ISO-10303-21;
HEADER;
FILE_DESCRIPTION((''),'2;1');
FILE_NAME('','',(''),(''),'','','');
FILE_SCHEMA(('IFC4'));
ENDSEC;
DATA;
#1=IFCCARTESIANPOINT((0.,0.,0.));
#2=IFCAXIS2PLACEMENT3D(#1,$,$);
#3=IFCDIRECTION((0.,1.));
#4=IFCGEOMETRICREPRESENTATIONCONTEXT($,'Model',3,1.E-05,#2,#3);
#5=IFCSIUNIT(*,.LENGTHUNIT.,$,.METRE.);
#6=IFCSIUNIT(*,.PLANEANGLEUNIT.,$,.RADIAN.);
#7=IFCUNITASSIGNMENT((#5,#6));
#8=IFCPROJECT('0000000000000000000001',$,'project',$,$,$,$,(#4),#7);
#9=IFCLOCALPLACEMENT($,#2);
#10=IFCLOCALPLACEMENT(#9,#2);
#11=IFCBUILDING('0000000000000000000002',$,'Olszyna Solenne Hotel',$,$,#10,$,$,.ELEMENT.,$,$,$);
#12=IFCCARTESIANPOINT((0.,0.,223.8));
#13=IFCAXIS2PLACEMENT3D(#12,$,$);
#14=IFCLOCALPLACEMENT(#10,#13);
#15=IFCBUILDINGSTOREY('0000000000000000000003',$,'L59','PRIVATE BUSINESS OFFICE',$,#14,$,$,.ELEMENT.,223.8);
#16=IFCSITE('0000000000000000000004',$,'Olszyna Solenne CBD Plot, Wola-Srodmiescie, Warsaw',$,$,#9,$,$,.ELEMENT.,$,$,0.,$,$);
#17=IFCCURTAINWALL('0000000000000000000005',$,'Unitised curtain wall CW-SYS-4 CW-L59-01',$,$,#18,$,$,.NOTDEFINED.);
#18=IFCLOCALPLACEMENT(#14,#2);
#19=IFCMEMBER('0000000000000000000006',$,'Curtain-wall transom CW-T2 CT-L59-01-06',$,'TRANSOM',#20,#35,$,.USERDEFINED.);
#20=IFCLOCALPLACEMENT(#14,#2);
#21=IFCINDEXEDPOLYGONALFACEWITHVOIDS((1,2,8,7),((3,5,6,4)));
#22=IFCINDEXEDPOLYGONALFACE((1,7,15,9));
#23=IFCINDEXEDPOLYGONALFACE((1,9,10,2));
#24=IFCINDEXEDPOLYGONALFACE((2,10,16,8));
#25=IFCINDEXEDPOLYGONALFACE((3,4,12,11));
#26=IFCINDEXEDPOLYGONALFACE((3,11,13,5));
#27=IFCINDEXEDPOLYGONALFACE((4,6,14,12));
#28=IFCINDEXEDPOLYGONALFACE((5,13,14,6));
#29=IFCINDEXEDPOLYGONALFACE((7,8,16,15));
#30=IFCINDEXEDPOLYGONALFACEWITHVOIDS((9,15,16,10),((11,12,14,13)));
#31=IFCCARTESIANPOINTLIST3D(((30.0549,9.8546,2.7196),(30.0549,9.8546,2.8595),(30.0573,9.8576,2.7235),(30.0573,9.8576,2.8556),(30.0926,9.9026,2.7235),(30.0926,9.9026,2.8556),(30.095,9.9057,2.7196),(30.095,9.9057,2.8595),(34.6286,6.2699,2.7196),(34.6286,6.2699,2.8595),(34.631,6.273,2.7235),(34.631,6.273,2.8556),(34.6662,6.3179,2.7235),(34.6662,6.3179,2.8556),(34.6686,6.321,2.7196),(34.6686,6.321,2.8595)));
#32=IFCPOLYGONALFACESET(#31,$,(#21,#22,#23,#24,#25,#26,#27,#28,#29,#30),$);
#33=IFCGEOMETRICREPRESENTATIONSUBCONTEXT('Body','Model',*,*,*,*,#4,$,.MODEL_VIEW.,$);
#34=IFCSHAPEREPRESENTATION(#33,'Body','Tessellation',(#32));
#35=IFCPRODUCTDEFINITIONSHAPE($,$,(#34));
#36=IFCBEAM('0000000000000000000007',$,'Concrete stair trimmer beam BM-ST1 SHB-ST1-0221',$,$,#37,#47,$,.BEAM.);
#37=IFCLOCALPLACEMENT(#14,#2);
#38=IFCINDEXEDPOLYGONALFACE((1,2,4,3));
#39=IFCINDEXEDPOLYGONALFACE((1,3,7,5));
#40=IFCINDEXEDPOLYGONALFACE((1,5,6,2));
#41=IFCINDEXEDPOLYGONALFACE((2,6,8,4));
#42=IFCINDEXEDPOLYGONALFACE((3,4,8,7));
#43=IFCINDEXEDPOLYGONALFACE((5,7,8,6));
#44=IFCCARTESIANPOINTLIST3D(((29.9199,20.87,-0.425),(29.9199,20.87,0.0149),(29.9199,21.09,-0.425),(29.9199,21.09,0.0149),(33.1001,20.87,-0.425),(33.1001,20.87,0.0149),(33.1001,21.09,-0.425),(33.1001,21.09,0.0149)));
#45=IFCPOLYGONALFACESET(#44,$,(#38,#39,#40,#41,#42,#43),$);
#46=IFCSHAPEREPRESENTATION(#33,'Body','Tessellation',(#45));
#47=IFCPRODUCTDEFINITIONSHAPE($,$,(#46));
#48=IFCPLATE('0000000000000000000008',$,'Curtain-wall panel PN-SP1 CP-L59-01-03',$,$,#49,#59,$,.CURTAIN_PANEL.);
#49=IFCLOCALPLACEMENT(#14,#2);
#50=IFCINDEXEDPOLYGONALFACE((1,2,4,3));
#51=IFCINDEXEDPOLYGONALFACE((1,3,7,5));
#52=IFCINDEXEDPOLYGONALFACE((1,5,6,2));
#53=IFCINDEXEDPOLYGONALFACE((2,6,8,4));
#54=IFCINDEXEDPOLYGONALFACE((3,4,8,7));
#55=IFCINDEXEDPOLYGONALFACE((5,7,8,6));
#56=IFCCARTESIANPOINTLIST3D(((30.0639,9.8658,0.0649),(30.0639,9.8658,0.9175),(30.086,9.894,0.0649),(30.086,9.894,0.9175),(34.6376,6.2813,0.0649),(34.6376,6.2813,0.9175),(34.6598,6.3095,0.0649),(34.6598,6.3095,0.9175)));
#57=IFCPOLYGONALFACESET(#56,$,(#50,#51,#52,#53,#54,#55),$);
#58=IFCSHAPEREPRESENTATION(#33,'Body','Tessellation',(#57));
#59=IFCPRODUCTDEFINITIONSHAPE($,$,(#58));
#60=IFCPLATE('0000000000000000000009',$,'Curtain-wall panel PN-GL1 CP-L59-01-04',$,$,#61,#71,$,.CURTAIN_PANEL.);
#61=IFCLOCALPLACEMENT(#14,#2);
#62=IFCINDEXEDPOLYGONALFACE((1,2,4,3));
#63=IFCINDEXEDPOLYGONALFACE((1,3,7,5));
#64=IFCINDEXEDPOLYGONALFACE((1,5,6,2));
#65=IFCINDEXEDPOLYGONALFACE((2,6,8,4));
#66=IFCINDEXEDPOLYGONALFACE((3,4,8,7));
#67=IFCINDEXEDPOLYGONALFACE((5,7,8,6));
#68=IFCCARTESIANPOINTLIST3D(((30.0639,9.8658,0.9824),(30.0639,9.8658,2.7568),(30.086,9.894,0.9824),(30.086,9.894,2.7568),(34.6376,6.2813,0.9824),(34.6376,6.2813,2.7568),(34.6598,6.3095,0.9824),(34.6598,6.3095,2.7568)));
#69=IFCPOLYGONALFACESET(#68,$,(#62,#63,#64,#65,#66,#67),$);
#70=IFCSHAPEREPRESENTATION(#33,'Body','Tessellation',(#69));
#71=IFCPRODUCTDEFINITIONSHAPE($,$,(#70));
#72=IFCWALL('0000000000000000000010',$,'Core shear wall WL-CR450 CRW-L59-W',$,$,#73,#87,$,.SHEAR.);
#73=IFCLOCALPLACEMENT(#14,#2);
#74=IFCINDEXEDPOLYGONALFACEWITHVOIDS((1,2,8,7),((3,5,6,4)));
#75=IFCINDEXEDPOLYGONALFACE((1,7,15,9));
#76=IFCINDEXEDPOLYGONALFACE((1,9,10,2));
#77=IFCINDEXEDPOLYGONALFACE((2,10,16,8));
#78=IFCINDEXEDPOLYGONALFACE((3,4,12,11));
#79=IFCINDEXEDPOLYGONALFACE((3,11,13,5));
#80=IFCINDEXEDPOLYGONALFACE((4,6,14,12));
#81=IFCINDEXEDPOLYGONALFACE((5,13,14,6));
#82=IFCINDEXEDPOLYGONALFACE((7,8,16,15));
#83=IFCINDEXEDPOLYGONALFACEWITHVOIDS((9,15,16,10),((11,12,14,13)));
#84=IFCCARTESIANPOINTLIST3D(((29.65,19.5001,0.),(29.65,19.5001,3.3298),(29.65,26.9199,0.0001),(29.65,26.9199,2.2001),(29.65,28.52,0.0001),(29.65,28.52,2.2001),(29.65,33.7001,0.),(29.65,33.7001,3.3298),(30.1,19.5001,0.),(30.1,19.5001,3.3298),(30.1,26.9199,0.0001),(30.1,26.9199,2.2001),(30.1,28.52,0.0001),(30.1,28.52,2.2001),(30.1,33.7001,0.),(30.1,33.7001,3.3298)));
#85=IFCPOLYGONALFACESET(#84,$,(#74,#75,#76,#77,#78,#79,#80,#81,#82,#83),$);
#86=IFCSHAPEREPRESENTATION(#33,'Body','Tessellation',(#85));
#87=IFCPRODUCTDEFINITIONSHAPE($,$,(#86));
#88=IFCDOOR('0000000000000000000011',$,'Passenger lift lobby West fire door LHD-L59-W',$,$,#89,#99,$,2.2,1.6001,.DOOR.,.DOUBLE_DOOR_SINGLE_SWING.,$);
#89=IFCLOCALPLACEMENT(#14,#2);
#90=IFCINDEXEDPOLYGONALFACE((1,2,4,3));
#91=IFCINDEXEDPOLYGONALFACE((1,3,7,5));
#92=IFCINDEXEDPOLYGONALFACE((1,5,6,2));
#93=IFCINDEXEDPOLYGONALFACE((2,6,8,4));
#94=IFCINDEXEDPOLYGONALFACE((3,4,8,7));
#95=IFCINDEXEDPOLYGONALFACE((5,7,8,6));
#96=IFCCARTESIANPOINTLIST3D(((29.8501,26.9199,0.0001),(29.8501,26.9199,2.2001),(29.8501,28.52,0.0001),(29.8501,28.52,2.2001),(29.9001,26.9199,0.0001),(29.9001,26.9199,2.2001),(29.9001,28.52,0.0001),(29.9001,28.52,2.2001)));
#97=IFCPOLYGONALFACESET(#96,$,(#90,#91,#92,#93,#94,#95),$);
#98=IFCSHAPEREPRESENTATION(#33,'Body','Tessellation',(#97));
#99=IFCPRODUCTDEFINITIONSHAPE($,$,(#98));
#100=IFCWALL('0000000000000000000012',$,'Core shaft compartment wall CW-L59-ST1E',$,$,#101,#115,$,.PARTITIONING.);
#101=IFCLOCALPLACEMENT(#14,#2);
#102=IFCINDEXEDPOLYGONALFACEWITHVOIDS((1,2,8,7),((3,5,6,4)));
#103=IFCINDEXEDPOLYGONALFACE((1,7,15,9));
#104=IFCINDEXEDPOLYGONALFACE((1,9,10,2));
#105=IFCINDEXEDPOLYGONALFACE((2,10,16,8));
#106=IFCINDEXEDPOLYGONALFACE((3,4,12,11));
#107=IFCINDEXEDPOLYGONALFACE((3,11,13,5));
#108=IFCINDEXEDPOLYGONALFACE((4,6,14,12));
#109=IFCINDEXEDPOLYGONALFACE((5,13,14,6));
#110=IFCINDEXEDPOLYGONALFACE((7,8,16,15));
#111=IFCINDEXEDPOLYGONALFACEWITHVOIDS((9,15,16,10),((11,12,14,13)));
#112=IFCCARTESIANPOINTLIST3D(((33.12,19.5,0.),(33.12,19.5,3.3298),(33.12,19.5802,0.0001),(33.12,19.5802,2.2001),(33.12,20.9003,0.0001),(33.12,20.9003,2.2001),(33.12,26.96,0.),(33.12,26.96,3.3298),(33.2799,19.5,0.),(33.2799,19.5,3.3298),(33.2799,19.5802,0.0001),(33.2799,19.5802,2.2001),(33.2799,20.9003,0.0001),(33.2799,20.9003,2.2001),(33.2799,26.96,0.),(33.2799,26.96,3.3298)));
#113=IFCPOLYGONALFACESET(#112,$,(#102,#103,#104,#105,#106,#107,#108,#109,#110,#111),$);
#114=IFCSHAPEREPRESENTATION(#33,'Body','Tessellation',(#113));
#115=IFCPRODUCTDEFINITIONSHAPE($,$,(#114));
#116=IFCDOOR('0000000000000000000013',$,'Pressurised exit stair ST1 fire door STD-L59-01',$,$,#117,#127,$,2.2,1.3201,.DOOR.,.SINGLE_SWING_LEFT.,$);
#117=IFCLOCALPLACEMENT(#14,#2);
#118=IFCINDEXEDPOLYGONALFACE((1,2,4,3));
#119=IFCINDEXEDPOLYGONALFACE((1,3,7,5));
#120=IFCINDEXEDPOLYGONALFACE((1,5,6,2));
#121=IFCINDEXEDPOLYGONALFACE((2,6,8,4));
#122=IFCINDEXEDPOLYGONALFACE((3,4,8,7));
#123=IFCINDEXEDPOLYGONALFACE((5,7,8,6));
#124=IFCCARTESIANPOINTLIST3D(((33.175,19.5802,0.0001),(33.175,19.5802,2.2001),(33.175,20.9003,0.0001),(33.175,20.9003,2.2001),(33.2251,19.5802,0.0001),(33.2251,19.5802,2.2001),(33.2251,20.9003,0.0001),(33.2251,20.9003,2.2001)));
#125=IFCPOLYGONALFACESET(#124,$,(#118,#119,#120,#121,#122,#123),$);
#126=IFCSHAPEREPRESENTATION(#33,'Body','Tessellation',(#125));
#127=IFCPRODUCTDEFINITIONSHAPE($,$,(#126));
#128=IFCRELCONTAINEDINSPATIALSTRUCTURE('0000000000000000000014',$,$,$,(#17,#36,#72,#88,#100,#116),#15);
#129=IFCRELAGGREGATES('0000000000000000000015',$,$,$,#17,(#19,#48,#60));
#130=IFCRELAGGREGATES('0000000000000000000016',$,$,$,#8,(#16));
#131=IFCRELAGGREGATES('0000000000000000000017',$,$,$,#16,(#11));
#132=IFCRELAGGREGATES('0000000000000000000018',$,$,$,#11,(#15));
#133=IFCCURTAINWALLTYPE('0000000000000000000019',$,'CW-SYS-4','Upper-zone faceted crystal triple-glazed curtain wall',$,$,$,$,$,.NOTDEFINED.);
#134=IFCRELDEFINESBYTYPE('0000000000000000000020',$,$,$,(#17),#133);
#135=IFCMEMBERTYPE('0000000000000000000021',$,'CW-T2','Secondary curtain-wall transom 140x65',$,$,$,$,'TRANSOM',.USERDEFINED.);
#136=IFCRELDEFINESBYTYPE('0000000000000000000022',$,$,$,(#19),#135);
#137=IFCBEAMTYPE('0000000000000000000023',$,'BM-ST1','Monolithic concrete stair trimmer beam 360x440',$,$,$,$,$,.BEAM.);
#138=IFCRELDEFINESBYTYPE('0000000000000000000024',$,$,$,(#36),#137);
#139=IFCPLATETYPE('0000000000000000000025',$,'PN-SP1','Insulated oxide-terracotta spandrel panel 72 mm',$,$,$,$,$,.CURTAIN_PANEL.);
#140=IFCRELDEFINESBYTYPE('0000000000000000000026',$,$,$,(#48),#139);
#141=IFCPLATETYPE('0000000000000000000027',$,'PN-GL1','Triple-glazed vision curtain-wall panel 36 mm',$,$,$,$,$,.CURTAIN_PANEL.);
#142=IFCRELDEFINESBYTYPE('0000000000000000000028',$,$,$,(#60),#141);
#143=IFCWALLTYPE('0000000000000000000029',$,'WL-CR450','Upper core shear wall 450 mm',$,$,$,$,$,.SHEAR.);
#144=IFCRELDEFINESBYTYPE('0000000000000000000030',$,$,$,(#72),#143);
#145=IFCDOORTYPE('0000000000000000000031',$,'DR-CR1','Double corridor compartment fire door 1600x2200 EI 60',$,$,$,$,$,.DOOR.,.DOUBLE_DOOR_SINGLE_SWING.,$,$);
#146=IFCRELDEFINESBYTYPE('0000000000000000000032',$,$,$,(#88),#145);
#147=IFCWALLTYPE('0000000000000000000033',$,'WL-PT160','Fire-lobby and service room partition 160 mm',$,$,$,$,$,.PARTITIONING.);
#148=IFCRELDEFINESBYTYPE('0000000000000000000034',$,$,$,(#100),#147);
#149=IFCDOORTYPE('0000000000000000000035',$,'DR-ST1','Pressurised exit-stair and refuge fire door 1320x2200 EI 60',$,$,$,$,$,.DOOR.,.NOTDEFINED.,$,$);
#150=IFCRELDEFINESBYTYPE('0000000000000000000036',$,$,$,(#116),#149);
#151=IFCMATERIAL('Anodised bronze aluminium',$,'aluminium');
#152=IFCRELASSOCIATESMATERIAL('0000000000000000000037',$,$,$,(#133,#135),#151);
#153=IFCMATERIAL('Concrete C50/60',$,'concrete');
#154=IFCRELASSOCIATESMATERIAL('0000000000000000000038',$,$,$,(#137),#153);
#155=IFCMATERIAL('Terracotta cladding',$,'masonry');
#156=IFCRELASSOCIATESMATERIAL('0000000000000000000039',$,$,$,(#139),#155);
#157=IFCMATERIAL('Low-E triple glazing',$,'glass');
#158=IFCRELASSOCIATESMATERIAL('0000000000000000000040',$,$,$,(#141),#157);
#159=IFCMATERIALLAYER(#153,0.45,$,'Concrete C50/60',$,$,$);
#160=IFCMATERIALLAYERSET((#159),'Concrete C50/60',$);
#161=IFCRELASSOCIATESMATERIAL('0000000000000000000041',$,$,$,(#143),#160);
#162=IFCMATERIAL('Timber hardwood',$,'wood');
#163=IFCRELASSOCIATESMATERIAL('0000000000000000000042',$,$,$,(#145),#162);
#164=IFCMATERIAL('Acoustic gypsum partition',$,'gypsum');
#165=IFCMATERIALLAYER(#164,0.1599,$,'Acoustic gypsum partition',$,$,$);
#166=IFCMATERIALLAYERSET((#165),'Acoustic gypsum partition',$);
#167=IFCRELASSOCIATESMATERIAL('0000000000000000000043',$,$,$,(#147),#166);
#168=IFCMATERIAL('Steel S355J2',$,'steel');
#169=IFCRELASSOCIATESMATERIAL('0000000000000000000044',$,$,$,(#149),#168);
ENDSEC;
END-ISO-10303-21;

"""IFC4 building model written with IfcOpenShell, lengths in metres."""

from ifc_helpers import new_model, si_unit, direction, frame, frame_2d, origin, origin_2d, place, context, subcontext, project, spatial, rectangle, hollow_rectangle, extrude, source, transform, mapped, material, layer, layer_set, material_profile, profile_set, type_object, type_shapes, element, fill, aggregate, save


model = new_model("IFC4")

# Units and contexts
model_context = context("Model", 3, precision=1e-05, world=origin(), true_north=direction((0.0, 1.0)))
body_context = subcontext(model_context, "Body", "Model", "MODEL_VIEW")
ifc_project = project(units=[si_unit("LENGTHUNIT", "METRE"), si_unit("PLANEANGLEUNIT", "RADIAN")], contexts=[model_context])

# Site, building, storey
site_placement = place(None, origin())
site = spatial("IfcSite", under=ifc_project, at=site_placement, Name="Olszyna Solenne CBD Plot, Wola-Srodmiescie, Warsaw", CompositionType="ELEMENT", RefElevation=0.0)
building_placement = place(site_placement, origin())
building = spatial("IfcBuilding", under=site, at=building_placement, Name="Olszyna Solenne Hotel", CompositionType="ELEMENT")
storey_placement = place(building_placement, frame((0.0, 0.0, 223.8)))
storey = spatial("IfcBuildingStorey", under=building, at=storey_placement, Name="L59", Description="PRIVATE BUSINESS OFFICE", CompositionType="ELEMENT", Elevation=223.8)

# Shared definitions
ifc_material_1 = material(Name="Steel S355J2", Category="steel")

# Curtain wall, member
ifc_material_2 = material(Name="Anodised bronze aluminium", Category="aluminium")
curtain_wall_type = type_object("IfcCurtainWallType", Name="CW-SYS-4", Description="Upper-zone faceted crystal triple-glazed curtain wall", PredefinedType="NOTDEFINED", material=ifc_material_2)
curtain_wall_placement = place(storey_placement, origin())
curtain_wall = element("IfcCurtainWall", 1, at=curtain_wall_placement, inside=storey, type_object=curtain_wall_type, Name="Unitised curtain wall CW-SYS-4 CW-L59-01", PredefinedType="NOTDEFINED")
ifc_material_profile_1 = material_profile(ifc_material_2, hollow_rectangle(XDim=0.0649, YDim=0.1399, WallThickness=0.0039, at=origin_2d()), Name="TRAN 140x65x4", Category="load-bearing")
ifc_profile_set_1 = profile_set([ifc_material_profile_1], Name="Anodised bronze aluminium")
member_type_1 = type_object("IfcMemberType", Name="CW-T2", Description="Secondary curtain-wall transom 140x65", ElementType="TRANSOM", PredefinedType="USERDEFINED", material=ifc_profile_set_1)
shared_shape_1 = source(origin(), body_context, "Body", "SweptSolid", [
    extrude(hollow_rectangle(XDim=0.0649, YDim=0.1399, WallThickness=0.0039, at=origin_2d()), origin(), (0.0, 0.0, 1.0), 5.811),
])
member_1_placement = place(storey_placement, frame((30.075, 9.8801, 2.7896), z_axis=(0.787064, -0.616871, 0.0), x_axis=(0.616871, 0.787064, 0.0)))
member_1 = element("IfcMember", 2, at=member_1_placement, type_object=member_type_1, Name="Curtain-wall transom CW-T2 CT-L59-01-06", ObjectType="TRANSOM", PredefinedType="USERDEFINED", context=body_context, shape_type="MappedRepresentation", body=[
    mapped(shared_shape_1, transform((0.0, 0.0, 0.0), x_axis=(1.0, 0.0, 0.0), y_axis=(0.0, 1.0, 0.0), z_axis=(0.0, 0.0, 1.0), scale=1.0)),
])

# Beam
ifc_material_3 = material(Name="Concrete C50/60", Category="concrete")
ifc_material_profile_2 = material_profile(ifc_material_3, rectangle(XDim=0.22, YDim=0.4399, at=origin_2d()), Name="RC 220x440", Category="load-bearing")
ifc_profile_set_2 = profile_set([ifc_material_profile_2], Name="Concrete C50/60")
beam_type_1 = type_object("IfcBeamType", Name="BM-ST1", Description="Monolithic concrete stair trimmer beam 360x440", PredefinedType="BEAM", material=ifc_profile_set_2)
shared_shape_2 = source(origin(), body_context, "Body", "SweptSolid", [
    extrude(rectangle(XDim=0.22, YDim=0.4399, at=origin_2d()), origin(), (0.0, 0.0, 1.0), 3.1802),
])
beam_1_placement = place(storey_placement, frame((33.1001, 20.98, -0.2051), z_axis=(-1.0, 0.0, 0.0), x_axis=(0.0, -1.0, 0.0)))
element("IfcBeam", 3, at=beam_1_placement, inside=storey, type_object=beam_type_1, Name="Concrete stair trimmer beam BM-ST1 SHB-ST1-0221", PredefinedType="BEAM", context=body_context, shape_type="MappedRepresentation", body=[
    mapped(shared_shape_2, transform((0.0, 0.0, 0.0), x_axis=(1.0, 0.0, 0.0), y_axis=(0.0, 1.0, 0.0), z_axis=(0.0, 0.0, 1.0), scale=1.0)),
])

# Plates
ifc_material_4 = material(Name="Terracotta cladding", Category="masonry")
plate_type_1 = type_object("IfcPlateType", Name="PN-SP1", Description="Insulated oxide-terracotta spandrel panel 72 mm", PredefinedType="CURTAIN_PANEL", material=ifc_material_4)
shared_shape_3 = source(origin(), body_context, "Body", "SweptSolid", [
    extrude(rectangle(XDim=5.811, YDim=0.0359, at=origin_2d()), origin(), (0.0, 0.0, 1.0), 0.8525),
])
plate_1_placement = place(storey_placement, frame((32.3618, 8.0876, 0.0649), z_axis=(0.0, 0.0, 1.0), x_axis=(0.78708, -0.616851, 0.0)))
plate_1 = element("IfcPlate", 4, at=plate_1_placement, type_object=plate_type_1, Name="Curtain-wall panel PN-SP1 CP-L59-01-03", PredefinedType="CURTAIN_PANEL", context=body_context, shape_type="MappedRepresentation", body=[
    mapped(shared_shape_3, transform((0.0, 0.0, 0.0), x_axis=(1.0, 0.0, 0.0), y_axis=(0.0, 1.0, 0.0), z_axis=(0.0, 0.0, 1.0), scale=1.0)),
])
ifc_material_5 = material(Name="Low-E triple glazing", Category="glass")
plate_type_2 = type_object("IfcPlateType", Name="PN-GL1", Description="Triple-glazed vision curtain-wall panel 36 mm", PredefinedType="CURTAIN_PANEL", material=ifc_material_5)
shared_shape_4 = source(origin(), body_context, "Body", "SweptSolid", [
    extrude(rectangle(XDim=5.811, YDim=0.0359, at=origin_2d()), origin(), (0.0, 0.0, 1.0), 1.7744),
])
plate_2_placement = place(storey_placement, frame((32.3618, 8.0876, 0.9824), z_axis=(0.0, 0.0, 1.0), x_axis=(0.78708, -0.616851, 0.0)))
plate_2 = element("IfcPlate", 5, at=plate_2_placement, type_object=plate_type_2, Name="Curtain-wall panel PN-GL1 CP-L59-01-04", PredefinedType="CURTAIN_PANEL", context=body_context, shape_type="MappedRepresentation", body=[
    mapped(shared_shape_4, transform((0.0, 0.0, 0.0), x_axis=(1.0, 0.0, 0.0), y_axis=(0.0, 1.0, 0.0), z_axis=(0.0, 0.0, 1.0), scale=1.0)),
])
aggregate(curtain_wall, [member_1, plate_1, plate_2])

# Walls, openings, doors
ifc_layer_1 = layer(ifc_material_3, 0.45, Name="Concrete C50/60")
ifc_layer_set_1 = layer_set([ifc_layer_1], Name="Concrete C50/60")
wall_type_1 = type_object("IfcWallType", Name="WL-CR450", Description="Upper core shear wall 450 mm", PredefinedType="SHEAR", material=ifc_layer_set_1)
wall_1_placement = place(storey_placement, frame((29.875, 19.5, 0.0), z_axis=(0.0, 0.0, 1.0), x_axis=(0.0, 1.0, 0.0)))
wall_1 = element("IfcWall", 6, at=wall_1_placement, inside=storey, type_object=wall_type_1, Name="Core shear wall WL-CR450 CRW-L59-W", PredefinedType="SHEAR", context=body_context, shape_type="SweptSolid", body=[
    extrude(rectangle(XDim=14.2, YDim=0.45, at=frame_2d((7.1001, 0.0))), origin(), (0.0, 0.0, 1.0), 3.3298),
])
opening_1_placement = place(wall_1_placement, frame((7.4199, 0.0, 0.0)))
opening_1 = element("IfcOpeningElement", 7, at=opening_1_placement, cuts=wall_1, PredefinedType="OPENING", context=body_context, shape_type="SweptSolid", body=[
    extrude(rectangle(XDim=1.6001, YDim=2.2, at=frame_2d((0.8, 1.1001))), frame((0.0, 0.2349, 0.0), z_axis=(0.0, -1.0, 0.0), x_axis=(1.0, 0.0, 0.0)), (0.0, 0.0, 1.0), 0.47),
])
ifc_material_6 = material(Name="Timber hardwood", Category="wood")
door_type_1 = type_object("IfcDoorType", Name="DR-CR1", Description="Double corridor compartment fire door 1600x2200 EI 60", OperationType="DOUBLE_DOOR_SINGLE_SWING", PredefinedType="DOOR", material=ifc_material_6)
shared_shape_5 = source(origin(), body_context, "Body", "SweptSolid", [
    extrude(rectangle(XDim=1.6001, YDim=2.2, at=frame_2d((0.8, 1.1001))), frame((0.0, 0.0249, 0.0), z_axis=(0.0, -1.0, 0.0), x_axis=(1.0, 0.0, 0.0)), (0.0, 0.0, 1.0), 0.05),
])
type_shapes(door_type_1, [shared_shape_5])
door_1_placement = place(opening_1_placement, origin())
door_1 = element("IfcDoor", 8, at=door_1_placement, inside=storey, type_object=door_type_1, Name="Passenger lift lobby West fire door LHD-L59-W", OperationType="DOUBLE_DOOR_SINGLE_SWING", OverallHeight=2.2, OverallWidth=1.6001, PredefinedType="DOOR", context=body_context, shape_type="MappedRepresentation", body=[
    mapped(shared_shape_5, transform((0.0, 0.0, 0.0), x_axis=(1.0, 0.0, 0.0), y_axis=(0.0, 1.0, 0.0), z_axis=(0.0, 0.0, 1.0), scale=1.0)),
])
fill(opening_1, door_1)
ifc_material_7 = material(Name="Acoustic gypsum partition", Category="gypsum")
ifc_layer_2 = layer(ifc_material_7, 0.1599, Name="Acoustic gypsum partition")
ifc_layer_set_2 = layer_set([ifc_layer_2], Name="Acoustic gypsum partition")
wall_type_2 = type_object("IfcWallType", Name="WL-PT160", Description="Fire-lobby and service room partition 160 mm", PredefinedType="PARTITIONING", material=ifc_layer_set_2)
wall_2_placement = place(storey_placement, frame((33.2, 19.5, 0.0), z_axis=(0.0, 0.0, 1.0), x_axis=(0.0, 1.0, 0.0)))
wall_2 = element("IfcWall", 9, at=wall_2_placement, inside=storey, type_object=wall_type_2, Name="Core shaft compartment wall CW-L59-ST1E", PredefinedType="PARTITIONING", context=body_context, shape_type="SweptSolid", body=[
    extrude(rectangle(XDim=7.46, YDim=0.1599, at=frame_2d((3.73, 0.0))), origin(), (0.0, 0.0, 1.0), 3.3298),
])
opening_2_placement = place(wall_2_placement, frame((0.0801, 0.0, 0.0)))
opening_2 = element("IfcOpeningElement", 10, at=opening_2_placement, cuts=wall_2, PredefinedType="OPENING", context=body_context, shape_type="SweptSolid", body=[
    extrude(rectangle(XDim=1.3201, YDim=2.2, at=frame_2d((0.6602, 1.1001))), frame((0.0, 0.0898, 0.0), z_axis=(0.0, -1.0, 0.0), x_axis=(1.0, 0.0, 0.0)), (0.0, 0.0, 1.0), 0.1799),
])
door_type_2 = type_object("IfcDoorType", Name="DR-ST1", Description="Pressurised exit-stair and refuge fire door 1320x2200 EI 60", OperationType="NOTDEFINED", PredefinedType="DOOR", material=ifc_material_1)
shared_shape_6 = source(origin(), body_context, "Body", "SweptSolid", [
    extrude(rectangle(XDim=1.3201, YDim=2.2, at=frame_2d((0.6602, 1.1001))), frame((0.0, 0.0249, 0.0), z_axis=(0.0, -1.0, 0.0), x_axis=(1.0, 0.0, 0.0)), (0.0, 0.0, 1.0), 0.05),
])
type_shapes(door_type_2, [shared_shape_6])
door_2_placement = place(opening_2_placement, origin())
door_2 = element("IfcDoor", 11, at=door_2_placement, inside=storey, type_object=door_type_2, Name="Pressurised exit stair ST1 fire door STD-L59-01", OperationType="SINGLE_SWING_LEFT", OverallHeight=2.2, OverallWidth=1.3201, PredefinedType="DOOR", context=body_context, shape_type="MappedRepresentation", body=[
    mapped(shared_shape_6, transform((0.0, 0.0, 0.0), x_axis=(1.0, 0.0, 0.0), y_axis=(0.0, 1.0, 0.0), z_axis=(0.0, 0.0, 1.0), scale=1.0)),
])
fill(opening_2, door_2)

save(model, "model.ifc")
